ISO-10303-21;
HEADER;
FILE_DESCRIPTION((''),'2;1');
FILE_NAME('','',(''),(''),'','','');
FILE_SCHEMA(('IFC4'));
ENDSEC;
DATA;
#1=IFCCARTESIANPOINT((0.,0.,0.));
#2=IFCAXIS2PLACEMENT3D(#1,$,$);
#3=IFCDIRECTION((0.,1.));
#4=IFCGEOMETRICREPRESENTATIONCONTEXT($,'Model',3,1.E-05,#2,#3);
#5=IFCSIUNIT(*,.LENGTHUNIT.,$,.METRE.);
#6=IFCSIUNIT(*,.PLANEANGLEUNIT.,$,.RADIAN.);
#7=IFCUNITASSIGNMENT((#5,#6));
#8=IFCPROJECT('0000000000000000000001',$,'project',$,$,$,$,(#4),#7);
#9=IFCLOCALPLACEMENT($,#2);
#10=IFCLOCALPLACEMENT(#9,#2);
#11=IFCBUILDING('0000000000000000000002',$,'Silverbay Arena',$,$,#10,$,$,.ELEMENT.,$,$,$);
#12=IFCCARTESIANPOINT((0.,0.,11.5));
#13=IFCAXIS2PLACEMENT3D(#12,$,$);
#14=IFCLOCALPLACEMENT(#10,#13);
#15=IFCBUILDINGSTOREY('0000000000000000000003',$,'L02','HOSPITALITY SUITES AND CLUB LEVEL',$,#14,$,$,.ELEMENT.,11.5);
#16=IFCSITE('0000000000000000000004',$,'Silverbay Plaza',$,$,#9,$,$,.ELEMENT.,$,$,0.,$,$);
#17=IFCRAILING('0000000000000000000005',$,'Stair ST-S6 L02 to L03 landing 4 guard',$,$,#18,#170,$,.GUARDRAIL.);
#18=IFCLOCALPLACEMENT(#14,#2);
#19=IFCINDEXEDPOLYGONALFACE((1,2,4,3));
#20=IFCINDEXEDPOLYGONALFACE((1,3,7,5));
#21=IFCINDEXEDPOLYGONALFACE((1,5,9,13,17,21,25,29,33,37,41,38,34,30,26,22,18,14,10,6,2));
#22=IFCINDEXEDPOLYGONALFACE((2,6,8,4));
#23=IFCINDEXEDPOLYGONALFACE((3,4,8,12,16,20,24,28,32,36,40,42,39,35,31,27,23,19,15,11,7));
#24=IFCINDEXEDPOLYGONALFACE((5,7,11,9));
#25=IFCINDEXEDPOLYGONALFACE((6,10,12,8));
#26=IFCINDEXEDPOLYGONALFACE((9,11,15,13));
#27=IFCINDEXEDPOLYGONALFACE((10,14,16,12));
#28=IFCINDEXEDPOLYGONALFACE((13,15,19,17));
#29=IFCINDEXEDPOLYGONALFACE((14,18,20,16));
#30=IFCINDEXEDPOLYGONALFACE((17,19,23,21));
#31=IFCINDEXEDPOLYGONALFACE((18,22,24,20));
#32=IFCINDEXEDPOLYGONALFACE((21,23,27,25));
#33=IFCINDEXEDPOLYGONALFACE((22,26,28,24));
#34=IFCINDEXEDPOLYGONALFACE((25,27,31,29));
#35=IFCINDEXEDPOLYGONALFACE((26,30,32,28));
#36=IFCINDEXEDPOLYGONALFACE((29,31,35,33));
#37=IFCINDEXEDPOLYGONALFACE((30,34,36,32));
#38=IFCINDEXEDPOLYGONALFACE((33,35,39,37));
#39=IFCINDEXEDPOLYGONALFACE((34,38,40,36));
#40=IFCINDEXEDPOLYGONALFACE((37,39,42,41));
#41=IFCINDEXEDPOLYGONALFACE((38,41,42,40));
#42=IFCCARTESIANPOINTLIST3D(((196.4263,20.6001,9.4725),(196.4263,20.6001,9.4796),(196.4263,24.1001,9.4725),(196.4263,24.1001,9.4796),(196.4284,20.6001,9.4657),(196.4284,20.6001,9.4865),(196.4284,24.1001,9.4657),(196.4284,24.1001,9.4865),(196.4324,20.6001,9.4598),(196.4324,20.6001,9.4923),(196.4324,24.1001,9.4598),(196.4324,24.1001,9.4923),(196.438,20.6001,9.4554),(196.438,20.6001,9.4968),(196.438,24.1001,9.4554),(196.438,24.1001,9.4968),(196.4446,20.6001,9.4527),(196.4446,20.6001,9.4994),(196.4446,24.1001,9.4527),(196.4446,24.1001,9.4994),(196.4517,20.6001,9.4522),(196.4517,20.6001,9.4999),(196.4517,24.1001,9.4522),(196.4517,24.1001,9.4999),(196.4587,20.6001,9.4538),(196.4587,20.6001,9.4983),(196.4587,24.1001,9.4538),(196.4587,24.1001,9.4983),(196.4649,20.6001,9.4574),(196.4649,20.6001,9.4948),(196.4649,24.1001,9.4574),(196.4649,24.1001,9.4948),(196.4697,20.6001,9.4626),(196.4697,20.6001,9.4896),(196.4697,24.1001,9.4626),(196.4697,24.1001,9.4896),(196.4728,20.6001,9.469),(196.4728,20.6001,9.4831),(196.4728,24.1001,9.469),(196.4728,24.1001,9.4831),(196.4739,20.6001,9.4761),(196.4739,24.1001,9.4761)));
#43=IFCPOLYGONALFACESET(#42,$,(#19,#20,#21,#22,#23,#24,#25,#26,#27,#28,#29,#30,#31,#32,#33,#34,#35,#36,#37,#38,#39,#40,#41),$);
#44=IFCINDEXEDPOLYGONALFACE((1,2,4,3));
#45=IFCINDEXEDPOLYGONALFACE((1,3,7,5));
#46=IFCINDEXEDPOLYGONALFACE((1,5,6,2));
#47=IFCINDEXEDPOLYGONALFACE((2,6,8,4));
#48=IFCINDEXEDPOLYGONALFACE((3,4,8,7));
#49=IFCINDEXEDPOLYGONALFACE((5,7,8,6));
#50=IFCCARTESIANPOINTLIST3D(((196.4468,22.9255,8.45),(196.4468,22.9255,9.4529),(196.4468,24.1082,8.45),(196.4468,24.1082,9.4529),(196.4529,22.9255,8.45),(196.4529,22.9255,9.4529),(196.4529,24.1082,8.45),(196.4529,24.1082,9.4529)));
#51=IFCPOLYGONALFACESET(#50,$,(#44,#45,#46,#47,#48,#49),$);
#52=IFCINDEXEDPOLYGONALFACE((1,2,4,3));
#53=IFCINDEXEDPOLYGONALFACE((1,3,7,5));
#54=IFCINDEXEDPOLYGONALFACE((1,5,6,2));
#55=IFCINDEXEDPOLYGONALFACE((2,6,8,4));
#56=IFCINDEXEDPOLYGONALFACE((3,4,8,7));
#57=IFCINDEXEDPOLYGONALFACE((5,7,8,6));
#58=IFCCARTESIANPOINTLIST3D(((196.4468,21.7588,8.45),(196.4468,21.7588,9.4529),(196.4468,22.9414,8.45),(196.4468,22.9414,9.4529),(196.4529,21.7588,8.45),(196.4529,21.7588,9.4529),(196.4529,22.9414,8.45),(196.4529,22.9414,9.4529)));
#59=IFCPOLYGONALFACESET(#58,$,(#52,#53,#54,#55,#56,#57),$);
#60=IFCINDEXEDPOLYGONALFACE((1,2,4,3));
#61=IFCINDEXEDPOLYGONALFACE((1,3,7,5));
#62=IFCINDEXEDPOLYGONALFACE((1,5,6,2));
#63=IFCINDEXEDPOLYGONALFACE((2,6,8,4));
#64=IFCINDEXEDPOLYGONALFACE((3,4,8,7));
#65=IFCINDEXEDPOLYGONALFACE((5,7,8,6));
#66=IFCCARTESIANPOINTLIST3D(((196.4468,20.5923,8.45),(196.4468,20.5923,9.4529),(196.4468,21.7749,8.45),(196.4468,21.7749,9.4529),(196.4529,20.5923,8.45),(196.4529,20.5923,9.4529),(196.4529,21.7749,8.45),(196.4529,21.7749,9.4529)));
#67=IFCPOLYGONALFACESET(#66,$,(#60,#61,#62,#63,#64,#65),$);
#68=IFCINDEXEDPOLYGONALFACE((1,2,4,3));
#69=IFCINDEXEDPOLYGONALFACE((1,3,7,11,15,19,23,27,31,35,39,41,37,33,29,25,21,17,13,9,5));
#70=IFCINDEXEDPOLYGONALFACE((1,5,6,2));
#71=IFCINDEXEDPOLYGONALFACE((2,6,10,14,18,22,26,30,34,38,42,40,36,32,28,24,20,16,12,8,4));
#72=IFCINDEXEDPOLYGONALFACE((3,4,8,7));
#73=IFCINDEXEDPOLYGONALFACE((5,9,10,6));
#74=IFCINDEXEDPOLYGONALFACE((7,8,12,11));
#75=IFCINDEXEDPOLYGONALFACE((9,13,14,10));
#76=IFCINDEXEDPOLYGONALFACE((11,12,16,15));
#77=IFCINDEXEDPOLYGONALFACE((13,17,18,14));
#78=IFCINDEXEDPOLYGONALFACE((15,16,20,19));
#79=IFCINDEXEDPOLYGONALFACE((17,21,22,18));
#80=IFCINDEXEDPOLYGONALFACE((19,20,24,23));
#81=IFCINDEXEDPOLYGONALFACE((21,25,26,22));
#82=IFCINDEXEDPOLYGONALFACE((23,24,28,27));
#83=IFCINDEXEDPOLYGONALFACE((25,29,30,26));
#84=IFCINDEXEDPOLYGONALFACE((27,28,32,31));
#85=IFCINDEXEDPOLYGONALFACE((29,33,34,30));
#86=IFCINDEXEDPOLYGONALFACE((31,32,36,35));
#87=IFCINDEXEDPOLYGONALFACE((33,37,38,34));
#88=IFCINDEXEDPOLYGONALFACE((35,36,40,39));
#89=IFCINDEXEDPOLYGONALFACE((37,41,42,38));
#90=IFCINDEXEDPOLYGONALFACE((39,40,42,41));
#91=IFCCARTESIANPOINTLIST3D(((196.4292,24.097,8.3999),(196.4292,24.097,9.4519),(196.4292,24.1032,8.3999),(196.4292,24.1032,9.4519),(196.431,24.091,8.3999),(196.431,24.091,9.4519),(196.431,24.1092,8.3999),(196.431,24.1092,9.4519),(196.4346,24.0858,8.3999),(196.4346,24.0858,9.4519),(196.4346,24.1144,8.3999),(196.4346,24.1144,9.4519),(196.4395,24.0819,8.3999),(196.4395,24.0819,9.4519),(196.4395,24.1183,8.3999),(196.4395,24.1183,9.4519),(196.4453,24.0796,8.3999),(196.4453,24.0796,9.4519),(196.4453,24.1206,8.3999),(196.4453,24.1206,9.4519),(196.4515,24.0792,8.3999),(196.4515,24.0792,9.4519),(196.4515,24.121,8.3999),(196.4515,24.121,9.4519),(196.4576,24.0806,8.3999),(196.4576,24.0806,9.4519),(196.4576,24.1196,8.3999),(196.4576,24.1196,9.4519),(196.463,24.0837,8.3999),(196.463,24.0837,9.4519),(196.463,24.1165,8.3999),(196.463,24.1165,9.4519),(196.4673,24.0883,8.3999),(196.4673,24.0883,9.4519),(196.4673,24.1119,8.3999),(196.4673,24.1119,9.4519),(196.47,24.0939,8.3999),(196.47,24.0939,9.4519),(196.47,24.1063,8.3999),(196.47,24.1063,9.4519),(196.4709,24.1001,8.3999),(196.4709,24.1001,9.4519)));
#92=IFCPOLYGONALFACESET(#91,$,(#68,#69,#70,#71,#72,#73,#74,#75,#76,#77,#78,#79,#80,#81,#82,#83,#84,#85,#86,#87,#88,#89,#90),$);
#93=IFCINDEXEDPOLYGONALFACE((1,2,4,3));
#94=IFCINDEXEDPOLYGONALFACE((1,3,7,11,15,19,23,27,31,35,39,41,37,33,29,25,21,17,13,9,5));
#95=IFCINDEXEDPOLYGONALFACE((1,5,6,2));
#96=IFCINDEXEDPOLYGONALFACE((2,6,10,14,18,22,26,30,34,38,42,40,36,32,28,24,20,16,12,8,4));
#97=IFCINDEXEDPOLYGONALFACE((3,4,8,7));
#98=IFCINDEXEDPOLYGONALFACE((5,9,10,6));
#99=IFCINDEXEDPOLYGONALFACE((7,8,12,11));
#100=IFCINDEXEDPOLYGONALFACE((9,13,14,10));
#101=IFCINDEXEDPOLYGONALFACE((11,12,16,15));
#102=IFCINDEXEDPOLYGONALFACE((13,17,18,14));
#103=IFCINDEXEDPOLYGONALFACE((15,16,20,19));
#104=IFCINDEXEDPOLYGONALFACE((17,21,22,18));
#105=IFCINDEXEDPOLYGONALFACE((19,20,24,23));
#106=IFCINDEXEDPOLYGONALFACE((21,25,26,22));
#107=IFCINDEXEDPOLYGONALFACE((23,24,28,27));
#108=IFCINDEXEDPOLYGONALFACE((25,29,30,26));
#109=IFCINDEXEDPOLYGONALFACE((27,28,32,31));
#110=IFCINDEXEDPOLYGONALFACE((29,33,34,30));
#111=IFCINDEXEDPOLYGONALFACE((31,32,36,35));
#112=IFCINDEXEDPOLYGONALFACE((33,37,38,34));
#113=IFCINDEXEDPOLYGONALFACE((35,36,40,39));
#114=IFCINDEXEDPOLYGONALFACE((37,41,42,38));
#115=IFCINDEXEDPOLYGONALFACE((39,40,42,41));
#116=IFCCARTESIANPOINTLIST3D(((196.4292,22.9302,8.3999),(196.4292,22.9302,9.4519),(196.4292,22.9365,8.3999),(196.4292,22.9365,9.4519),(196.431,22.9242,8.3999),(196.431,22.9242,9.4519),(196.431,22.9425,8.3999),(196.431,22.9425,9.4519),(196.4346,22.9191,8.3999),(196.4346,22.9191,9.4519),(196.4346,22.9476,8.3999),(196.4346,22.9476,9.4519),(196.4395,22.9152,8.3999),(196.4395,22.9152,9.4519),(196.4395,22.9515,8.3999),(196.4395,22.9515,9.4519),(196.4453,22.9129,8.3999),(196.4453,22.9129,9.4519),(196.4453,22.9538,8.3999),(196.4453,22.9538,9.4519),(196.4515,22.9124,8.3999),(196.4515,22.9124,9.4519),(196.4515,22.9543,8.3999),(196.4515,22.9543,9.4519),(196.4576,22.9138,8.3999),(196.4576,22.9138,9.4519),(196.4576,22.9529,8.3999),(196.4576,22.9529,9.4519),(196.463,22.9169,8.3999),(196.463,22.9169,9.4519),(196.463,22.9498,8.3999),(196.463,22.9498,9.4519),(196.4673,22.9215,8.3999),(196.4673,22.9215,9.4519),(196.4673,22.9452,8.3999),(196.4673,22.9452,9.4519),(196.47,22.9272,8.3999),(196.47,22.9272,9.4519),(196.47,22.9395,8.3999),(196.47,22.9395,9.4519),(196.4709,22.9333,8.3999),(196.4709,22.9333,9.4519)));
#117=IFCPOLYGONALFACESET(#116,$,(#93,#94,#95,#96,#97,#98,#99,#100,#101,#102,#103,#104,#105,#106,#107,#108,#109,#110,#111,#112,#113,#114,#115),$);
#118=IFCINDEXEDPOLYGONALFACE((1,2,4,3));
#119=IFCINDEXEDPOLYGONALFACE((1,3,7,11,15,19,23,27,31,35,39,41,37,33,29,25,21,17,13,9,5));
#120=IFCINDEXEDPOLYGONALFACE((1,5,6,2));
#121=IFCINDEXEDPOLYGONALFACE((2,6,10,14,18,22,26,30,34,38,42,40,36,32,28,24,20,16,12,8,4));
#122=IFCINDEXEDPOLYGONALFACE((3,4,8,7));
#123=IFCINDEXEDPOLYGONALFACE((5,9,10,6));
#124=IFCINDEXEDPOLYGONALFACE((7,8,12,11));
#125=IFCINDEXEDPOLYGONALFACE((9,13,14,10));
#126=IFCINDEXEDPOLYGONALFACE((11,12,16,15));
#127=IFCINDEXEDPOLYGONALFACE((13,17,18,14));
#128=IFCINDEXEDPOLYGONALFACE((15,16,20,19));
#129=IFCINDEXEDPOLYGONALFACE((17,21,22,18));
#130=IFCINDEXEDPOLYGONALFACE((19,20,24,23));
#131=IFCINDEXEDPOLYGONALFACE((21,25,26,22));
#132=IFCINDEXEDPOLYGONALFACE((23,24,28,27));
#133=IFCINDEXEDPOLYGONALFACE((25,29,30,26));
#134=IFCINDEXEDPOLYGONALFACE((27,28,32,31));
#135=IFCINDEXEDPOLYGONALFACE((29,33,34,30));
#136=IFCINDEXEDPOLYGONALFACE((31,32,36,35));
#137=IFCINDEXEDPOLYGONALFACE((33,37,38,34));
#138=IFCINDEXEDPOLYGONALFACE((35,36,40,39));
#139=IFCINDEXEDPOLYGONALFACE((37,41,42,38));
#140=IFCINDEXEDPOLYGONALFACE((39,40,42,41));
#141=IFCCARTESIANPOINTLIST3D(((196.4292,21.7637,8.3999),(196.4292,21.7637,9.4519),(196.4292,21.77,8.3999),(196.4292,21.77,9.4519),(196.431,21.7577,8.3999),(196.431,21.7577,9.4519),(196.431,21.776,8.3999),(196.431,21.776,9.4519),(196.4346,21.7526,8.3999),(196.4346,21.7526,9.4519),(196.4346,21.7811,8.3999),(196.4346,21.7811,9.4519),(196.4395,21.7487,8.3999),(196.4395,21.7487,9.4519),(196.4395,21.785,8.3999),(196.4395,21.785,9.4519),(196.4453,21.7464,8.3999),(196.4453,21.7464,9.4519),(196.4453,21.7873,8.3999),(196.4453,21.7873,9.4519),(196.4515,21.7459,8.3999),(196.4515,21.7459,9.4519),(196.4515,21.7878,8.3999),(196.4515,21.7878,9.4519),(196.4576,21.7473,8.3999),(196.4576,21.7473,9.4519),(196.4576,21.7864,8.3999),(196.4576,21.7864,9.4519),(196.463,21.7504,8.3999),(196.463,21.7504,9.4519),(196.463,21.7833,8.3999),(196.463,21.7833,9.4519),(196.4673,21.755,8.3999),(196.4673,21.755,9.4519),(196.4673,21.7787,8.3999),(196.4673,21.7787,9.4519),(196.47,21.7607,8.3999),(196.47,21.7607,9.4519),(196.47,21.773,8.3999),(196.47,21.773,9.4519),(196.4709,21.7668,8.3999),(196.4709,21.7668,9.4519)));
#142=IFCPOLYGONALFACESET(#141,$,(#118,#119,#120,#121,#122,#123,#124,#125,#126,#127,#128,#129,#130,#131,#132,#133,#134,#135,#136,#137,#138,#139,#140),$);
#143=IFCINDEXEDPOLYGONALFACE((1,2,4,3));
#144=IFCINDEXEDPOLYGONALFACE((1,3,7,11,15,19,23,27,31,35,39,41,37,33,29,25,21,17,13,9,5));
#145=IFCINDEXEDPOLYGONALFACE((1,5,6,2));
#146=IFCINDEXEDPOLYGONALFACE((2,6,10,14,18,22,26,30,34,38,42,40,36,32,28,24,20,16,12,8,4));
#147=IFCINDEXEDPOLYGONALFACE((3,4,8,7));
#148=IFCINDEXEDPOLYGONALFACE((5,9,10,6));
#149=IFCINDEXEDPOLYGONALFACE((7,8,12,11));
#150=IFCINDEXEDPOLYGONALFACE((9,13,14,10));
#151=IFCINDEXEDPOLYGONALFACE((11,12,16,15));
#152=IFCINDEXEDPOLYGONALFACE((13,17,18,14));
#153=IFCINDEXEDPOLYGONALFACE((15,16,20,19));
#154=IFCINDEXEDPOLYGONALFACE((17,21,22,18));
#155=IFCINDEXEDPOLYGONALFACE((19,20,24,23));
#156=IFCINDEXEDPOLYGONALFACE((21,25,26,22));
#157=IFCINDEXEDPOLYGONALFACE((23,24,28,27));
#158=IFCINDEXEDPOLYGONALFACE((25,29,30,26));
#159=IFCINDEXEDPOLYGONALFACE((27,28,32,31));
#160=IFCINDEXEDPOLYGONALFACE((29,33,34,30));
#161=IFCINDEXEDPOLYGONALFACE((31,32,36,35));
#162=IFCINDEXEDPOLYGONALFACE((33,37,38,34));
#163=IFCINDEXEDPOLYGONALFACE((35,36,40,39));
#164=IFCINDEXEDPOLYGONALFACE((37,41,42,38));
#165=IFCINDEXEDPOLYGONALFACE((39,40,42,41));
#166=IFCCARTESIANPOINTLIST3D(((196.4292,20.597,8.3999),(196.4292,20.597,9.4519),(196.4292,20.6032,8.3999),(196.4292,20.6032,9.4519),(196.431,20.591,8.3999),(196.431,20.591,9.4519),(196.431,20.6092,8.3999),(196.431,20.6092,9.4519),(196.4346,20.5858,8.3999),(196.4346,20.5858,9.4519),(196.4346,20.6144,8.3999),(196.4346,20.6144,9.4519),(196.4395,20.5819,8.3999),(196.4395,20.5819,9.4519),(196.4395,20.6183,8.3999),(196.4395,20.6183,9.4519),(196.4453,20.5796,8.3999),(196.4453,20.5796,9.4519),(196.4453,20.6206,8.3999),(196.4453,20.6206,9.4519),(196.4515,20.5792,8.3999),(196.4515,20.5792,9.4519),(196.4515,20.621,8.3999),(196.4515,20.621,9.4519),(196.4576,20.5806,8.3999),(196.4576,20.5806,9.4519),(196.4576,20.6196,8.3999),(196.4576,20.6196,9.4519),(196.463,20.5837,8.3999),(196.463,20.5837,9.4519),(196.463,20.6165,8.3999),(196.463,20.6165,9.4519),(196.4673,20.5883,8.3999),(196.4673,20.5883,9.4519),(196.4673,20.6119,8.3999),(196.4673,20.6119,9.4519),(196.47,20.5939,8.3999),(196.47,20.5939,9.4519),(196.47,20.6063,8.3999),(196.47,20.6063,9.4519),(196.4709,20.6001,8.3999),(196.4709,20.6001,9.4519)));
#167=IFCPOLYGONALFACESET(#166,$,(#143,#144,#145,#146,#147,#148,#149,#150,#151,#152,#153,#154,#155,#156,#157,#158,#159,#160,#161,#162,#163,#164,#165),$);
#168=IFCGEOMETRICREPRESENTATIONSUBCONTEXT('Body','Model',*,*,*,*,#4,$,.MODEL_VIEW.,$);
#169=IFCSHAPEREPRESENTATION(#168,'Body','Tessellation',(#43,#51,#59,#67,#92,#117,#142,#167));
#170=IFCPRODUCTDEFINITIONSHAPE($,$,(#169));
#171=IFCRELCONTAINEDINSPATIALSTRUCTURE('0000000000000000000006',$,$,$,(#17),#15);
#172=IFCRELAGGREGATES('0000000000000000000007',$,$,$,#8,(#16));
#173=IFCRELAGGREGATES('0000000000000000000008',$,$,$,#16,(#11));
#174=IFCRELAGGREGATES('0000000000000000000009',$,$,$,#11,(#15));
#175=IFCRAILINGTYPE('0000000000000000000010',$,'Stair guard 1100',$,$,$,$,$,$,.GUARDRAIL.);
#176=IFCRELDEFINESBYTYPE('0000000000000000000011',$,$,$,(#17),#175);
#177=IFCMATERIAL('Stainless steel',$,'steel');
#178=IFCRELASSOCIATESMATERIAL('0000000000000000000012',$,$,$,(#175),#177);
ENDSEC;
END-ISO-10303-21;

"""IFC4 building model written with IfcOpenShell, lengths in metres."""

from ifc_helpers import new_model, si_unit, direction, frame, origin, origin_2d, place, context, subcontext, project, spatial, polyline, circle, outline, extrude, material, type_object, element, save


model = new_model("IFC4")

# Units and contexts
model_context = context("Model", 3, precision=1e-05, world=origin(), true_north=direction((0.0, 1.0)))
body_context = subcontext(model_context, "Body", "Model", "MODEL_VIEW")
ifc_project = project(units=[si_unit("LENGTHUNIT", "METRE"), si_unit("PLANEANGLEUNIT", "RADIAN")], contexts=[model_context])

# Site, building, storey
site_placement = place(None, origin())
site = spatial("IfcSite", under=ifc_project, at=site_placement, Name="Silverbay Plaza", CompositionType="ELEMENT", RefElevation=0.0)
building_placement = place(site_placement, origin())
building = spatial("IfcBuilding", under=site, at=building_placement, Name="Silverbay Arena", CompositionType="ELEMENT")
storey_placement = place(building_placement, frame((0.0, 0.0, 11.5)))
storey = spatial("IfcBuildingStorey", under=building, at=storey_placement, Name="L02", Description="HOSPITALITY SUITES AND CLUB LEVEL", CompositionType="ELEMENT", Elevation=11.5)

# Railing
ifc_material_1 = material(Name="Stainless steel", Category="steel")
railing_type_1 = type_object("IfcRailingType", Name="Stair guard 1100", PredefinedType="GUARDRAIL", material=ifc_material_1)
for number, where, name in (
    (1, (196.45, 24.1001, 8.3999), "Stair ST-S6 L02 to L03 landing 4 guard"),
):
    element("IfcRailing", number, at=place(storey_placement, frame(where)), inside=storey, type_object=railing_type_1, Name=name, PredefinedType="GUARDRAIL", context=body_context, shape_type="SweptSolid", body=[
        extrude(circle(Radius=0.0239, at=origin_2d()), frame((0.0, 0.0, 1.0762), z_axis=(0.0, -1.0, 0.0), x_axis=(1.0, 0.0, 0.0)), (0.0, 0.0, 1.0), 3.5),
        extrude(outline(polyline([(-0.0081, 0.05), (1.1746, 0.05), (1.1746, 1.053), (-0.0081, 1.053), (-0.0081, 0.05)])), frame((0.0029, 0.0, 0.0), z_axis=(-1.0, 0.0, 0.0), x_axis=(0.0, -1.0, 0.0)), (0.0, 0.0, 1.0), 0.0061),
        extrude(outline(polyline([(-0.0081, 0.05), (1.1746, 0.05), (1.1746, 1.053), (-0.0081, 1.053), (-0.0081, 0.05)])), frame((0.0029, -1.1667, 0.0), z_axis=(-1.0, 0.0, 0.0), x_axis=(0.0, -1.0, 0.0)), (0.0, 0.0, 1.0), 0.0061),
        extrude(outline(polyline([(-0.0081, 0.05), (1.1746, 0.05), (1.1746, 1.053), (-0.0081, 1.053), (-0.0081, 0.05)])), frame((0.0029, -2.3333, 0.0), z_axis=(-1.0, 0.0, 0.0), x_axis=(0.0, -1.0, 0.0)), (0.0, 0.0, 1.0), 0.0061),
        extrude(circle(Radius=0.021, at=origin_2d()), origin(), (0.0, 0.0, 1.0), 1.052),
        extrude(circle(Radius=0.021, at=origin_2d()), frame((0.0, -1.1667, 0.0)), (0.0, 0.0, 1.0), 1.052),
        extrude(circle(Radius=0.021, at=origin_2d()), frame((0.0, -2.3333, 0.0)), (0.0, 0.0, 1.0), 1.052),
        extrude(circle(Radius=0.021, at=origin_2d()), frame((0.0, -3.5, 0.0)), (0.0, 0.0, 1.0), 1.052),
    ])

save(model, "model.ifc")
